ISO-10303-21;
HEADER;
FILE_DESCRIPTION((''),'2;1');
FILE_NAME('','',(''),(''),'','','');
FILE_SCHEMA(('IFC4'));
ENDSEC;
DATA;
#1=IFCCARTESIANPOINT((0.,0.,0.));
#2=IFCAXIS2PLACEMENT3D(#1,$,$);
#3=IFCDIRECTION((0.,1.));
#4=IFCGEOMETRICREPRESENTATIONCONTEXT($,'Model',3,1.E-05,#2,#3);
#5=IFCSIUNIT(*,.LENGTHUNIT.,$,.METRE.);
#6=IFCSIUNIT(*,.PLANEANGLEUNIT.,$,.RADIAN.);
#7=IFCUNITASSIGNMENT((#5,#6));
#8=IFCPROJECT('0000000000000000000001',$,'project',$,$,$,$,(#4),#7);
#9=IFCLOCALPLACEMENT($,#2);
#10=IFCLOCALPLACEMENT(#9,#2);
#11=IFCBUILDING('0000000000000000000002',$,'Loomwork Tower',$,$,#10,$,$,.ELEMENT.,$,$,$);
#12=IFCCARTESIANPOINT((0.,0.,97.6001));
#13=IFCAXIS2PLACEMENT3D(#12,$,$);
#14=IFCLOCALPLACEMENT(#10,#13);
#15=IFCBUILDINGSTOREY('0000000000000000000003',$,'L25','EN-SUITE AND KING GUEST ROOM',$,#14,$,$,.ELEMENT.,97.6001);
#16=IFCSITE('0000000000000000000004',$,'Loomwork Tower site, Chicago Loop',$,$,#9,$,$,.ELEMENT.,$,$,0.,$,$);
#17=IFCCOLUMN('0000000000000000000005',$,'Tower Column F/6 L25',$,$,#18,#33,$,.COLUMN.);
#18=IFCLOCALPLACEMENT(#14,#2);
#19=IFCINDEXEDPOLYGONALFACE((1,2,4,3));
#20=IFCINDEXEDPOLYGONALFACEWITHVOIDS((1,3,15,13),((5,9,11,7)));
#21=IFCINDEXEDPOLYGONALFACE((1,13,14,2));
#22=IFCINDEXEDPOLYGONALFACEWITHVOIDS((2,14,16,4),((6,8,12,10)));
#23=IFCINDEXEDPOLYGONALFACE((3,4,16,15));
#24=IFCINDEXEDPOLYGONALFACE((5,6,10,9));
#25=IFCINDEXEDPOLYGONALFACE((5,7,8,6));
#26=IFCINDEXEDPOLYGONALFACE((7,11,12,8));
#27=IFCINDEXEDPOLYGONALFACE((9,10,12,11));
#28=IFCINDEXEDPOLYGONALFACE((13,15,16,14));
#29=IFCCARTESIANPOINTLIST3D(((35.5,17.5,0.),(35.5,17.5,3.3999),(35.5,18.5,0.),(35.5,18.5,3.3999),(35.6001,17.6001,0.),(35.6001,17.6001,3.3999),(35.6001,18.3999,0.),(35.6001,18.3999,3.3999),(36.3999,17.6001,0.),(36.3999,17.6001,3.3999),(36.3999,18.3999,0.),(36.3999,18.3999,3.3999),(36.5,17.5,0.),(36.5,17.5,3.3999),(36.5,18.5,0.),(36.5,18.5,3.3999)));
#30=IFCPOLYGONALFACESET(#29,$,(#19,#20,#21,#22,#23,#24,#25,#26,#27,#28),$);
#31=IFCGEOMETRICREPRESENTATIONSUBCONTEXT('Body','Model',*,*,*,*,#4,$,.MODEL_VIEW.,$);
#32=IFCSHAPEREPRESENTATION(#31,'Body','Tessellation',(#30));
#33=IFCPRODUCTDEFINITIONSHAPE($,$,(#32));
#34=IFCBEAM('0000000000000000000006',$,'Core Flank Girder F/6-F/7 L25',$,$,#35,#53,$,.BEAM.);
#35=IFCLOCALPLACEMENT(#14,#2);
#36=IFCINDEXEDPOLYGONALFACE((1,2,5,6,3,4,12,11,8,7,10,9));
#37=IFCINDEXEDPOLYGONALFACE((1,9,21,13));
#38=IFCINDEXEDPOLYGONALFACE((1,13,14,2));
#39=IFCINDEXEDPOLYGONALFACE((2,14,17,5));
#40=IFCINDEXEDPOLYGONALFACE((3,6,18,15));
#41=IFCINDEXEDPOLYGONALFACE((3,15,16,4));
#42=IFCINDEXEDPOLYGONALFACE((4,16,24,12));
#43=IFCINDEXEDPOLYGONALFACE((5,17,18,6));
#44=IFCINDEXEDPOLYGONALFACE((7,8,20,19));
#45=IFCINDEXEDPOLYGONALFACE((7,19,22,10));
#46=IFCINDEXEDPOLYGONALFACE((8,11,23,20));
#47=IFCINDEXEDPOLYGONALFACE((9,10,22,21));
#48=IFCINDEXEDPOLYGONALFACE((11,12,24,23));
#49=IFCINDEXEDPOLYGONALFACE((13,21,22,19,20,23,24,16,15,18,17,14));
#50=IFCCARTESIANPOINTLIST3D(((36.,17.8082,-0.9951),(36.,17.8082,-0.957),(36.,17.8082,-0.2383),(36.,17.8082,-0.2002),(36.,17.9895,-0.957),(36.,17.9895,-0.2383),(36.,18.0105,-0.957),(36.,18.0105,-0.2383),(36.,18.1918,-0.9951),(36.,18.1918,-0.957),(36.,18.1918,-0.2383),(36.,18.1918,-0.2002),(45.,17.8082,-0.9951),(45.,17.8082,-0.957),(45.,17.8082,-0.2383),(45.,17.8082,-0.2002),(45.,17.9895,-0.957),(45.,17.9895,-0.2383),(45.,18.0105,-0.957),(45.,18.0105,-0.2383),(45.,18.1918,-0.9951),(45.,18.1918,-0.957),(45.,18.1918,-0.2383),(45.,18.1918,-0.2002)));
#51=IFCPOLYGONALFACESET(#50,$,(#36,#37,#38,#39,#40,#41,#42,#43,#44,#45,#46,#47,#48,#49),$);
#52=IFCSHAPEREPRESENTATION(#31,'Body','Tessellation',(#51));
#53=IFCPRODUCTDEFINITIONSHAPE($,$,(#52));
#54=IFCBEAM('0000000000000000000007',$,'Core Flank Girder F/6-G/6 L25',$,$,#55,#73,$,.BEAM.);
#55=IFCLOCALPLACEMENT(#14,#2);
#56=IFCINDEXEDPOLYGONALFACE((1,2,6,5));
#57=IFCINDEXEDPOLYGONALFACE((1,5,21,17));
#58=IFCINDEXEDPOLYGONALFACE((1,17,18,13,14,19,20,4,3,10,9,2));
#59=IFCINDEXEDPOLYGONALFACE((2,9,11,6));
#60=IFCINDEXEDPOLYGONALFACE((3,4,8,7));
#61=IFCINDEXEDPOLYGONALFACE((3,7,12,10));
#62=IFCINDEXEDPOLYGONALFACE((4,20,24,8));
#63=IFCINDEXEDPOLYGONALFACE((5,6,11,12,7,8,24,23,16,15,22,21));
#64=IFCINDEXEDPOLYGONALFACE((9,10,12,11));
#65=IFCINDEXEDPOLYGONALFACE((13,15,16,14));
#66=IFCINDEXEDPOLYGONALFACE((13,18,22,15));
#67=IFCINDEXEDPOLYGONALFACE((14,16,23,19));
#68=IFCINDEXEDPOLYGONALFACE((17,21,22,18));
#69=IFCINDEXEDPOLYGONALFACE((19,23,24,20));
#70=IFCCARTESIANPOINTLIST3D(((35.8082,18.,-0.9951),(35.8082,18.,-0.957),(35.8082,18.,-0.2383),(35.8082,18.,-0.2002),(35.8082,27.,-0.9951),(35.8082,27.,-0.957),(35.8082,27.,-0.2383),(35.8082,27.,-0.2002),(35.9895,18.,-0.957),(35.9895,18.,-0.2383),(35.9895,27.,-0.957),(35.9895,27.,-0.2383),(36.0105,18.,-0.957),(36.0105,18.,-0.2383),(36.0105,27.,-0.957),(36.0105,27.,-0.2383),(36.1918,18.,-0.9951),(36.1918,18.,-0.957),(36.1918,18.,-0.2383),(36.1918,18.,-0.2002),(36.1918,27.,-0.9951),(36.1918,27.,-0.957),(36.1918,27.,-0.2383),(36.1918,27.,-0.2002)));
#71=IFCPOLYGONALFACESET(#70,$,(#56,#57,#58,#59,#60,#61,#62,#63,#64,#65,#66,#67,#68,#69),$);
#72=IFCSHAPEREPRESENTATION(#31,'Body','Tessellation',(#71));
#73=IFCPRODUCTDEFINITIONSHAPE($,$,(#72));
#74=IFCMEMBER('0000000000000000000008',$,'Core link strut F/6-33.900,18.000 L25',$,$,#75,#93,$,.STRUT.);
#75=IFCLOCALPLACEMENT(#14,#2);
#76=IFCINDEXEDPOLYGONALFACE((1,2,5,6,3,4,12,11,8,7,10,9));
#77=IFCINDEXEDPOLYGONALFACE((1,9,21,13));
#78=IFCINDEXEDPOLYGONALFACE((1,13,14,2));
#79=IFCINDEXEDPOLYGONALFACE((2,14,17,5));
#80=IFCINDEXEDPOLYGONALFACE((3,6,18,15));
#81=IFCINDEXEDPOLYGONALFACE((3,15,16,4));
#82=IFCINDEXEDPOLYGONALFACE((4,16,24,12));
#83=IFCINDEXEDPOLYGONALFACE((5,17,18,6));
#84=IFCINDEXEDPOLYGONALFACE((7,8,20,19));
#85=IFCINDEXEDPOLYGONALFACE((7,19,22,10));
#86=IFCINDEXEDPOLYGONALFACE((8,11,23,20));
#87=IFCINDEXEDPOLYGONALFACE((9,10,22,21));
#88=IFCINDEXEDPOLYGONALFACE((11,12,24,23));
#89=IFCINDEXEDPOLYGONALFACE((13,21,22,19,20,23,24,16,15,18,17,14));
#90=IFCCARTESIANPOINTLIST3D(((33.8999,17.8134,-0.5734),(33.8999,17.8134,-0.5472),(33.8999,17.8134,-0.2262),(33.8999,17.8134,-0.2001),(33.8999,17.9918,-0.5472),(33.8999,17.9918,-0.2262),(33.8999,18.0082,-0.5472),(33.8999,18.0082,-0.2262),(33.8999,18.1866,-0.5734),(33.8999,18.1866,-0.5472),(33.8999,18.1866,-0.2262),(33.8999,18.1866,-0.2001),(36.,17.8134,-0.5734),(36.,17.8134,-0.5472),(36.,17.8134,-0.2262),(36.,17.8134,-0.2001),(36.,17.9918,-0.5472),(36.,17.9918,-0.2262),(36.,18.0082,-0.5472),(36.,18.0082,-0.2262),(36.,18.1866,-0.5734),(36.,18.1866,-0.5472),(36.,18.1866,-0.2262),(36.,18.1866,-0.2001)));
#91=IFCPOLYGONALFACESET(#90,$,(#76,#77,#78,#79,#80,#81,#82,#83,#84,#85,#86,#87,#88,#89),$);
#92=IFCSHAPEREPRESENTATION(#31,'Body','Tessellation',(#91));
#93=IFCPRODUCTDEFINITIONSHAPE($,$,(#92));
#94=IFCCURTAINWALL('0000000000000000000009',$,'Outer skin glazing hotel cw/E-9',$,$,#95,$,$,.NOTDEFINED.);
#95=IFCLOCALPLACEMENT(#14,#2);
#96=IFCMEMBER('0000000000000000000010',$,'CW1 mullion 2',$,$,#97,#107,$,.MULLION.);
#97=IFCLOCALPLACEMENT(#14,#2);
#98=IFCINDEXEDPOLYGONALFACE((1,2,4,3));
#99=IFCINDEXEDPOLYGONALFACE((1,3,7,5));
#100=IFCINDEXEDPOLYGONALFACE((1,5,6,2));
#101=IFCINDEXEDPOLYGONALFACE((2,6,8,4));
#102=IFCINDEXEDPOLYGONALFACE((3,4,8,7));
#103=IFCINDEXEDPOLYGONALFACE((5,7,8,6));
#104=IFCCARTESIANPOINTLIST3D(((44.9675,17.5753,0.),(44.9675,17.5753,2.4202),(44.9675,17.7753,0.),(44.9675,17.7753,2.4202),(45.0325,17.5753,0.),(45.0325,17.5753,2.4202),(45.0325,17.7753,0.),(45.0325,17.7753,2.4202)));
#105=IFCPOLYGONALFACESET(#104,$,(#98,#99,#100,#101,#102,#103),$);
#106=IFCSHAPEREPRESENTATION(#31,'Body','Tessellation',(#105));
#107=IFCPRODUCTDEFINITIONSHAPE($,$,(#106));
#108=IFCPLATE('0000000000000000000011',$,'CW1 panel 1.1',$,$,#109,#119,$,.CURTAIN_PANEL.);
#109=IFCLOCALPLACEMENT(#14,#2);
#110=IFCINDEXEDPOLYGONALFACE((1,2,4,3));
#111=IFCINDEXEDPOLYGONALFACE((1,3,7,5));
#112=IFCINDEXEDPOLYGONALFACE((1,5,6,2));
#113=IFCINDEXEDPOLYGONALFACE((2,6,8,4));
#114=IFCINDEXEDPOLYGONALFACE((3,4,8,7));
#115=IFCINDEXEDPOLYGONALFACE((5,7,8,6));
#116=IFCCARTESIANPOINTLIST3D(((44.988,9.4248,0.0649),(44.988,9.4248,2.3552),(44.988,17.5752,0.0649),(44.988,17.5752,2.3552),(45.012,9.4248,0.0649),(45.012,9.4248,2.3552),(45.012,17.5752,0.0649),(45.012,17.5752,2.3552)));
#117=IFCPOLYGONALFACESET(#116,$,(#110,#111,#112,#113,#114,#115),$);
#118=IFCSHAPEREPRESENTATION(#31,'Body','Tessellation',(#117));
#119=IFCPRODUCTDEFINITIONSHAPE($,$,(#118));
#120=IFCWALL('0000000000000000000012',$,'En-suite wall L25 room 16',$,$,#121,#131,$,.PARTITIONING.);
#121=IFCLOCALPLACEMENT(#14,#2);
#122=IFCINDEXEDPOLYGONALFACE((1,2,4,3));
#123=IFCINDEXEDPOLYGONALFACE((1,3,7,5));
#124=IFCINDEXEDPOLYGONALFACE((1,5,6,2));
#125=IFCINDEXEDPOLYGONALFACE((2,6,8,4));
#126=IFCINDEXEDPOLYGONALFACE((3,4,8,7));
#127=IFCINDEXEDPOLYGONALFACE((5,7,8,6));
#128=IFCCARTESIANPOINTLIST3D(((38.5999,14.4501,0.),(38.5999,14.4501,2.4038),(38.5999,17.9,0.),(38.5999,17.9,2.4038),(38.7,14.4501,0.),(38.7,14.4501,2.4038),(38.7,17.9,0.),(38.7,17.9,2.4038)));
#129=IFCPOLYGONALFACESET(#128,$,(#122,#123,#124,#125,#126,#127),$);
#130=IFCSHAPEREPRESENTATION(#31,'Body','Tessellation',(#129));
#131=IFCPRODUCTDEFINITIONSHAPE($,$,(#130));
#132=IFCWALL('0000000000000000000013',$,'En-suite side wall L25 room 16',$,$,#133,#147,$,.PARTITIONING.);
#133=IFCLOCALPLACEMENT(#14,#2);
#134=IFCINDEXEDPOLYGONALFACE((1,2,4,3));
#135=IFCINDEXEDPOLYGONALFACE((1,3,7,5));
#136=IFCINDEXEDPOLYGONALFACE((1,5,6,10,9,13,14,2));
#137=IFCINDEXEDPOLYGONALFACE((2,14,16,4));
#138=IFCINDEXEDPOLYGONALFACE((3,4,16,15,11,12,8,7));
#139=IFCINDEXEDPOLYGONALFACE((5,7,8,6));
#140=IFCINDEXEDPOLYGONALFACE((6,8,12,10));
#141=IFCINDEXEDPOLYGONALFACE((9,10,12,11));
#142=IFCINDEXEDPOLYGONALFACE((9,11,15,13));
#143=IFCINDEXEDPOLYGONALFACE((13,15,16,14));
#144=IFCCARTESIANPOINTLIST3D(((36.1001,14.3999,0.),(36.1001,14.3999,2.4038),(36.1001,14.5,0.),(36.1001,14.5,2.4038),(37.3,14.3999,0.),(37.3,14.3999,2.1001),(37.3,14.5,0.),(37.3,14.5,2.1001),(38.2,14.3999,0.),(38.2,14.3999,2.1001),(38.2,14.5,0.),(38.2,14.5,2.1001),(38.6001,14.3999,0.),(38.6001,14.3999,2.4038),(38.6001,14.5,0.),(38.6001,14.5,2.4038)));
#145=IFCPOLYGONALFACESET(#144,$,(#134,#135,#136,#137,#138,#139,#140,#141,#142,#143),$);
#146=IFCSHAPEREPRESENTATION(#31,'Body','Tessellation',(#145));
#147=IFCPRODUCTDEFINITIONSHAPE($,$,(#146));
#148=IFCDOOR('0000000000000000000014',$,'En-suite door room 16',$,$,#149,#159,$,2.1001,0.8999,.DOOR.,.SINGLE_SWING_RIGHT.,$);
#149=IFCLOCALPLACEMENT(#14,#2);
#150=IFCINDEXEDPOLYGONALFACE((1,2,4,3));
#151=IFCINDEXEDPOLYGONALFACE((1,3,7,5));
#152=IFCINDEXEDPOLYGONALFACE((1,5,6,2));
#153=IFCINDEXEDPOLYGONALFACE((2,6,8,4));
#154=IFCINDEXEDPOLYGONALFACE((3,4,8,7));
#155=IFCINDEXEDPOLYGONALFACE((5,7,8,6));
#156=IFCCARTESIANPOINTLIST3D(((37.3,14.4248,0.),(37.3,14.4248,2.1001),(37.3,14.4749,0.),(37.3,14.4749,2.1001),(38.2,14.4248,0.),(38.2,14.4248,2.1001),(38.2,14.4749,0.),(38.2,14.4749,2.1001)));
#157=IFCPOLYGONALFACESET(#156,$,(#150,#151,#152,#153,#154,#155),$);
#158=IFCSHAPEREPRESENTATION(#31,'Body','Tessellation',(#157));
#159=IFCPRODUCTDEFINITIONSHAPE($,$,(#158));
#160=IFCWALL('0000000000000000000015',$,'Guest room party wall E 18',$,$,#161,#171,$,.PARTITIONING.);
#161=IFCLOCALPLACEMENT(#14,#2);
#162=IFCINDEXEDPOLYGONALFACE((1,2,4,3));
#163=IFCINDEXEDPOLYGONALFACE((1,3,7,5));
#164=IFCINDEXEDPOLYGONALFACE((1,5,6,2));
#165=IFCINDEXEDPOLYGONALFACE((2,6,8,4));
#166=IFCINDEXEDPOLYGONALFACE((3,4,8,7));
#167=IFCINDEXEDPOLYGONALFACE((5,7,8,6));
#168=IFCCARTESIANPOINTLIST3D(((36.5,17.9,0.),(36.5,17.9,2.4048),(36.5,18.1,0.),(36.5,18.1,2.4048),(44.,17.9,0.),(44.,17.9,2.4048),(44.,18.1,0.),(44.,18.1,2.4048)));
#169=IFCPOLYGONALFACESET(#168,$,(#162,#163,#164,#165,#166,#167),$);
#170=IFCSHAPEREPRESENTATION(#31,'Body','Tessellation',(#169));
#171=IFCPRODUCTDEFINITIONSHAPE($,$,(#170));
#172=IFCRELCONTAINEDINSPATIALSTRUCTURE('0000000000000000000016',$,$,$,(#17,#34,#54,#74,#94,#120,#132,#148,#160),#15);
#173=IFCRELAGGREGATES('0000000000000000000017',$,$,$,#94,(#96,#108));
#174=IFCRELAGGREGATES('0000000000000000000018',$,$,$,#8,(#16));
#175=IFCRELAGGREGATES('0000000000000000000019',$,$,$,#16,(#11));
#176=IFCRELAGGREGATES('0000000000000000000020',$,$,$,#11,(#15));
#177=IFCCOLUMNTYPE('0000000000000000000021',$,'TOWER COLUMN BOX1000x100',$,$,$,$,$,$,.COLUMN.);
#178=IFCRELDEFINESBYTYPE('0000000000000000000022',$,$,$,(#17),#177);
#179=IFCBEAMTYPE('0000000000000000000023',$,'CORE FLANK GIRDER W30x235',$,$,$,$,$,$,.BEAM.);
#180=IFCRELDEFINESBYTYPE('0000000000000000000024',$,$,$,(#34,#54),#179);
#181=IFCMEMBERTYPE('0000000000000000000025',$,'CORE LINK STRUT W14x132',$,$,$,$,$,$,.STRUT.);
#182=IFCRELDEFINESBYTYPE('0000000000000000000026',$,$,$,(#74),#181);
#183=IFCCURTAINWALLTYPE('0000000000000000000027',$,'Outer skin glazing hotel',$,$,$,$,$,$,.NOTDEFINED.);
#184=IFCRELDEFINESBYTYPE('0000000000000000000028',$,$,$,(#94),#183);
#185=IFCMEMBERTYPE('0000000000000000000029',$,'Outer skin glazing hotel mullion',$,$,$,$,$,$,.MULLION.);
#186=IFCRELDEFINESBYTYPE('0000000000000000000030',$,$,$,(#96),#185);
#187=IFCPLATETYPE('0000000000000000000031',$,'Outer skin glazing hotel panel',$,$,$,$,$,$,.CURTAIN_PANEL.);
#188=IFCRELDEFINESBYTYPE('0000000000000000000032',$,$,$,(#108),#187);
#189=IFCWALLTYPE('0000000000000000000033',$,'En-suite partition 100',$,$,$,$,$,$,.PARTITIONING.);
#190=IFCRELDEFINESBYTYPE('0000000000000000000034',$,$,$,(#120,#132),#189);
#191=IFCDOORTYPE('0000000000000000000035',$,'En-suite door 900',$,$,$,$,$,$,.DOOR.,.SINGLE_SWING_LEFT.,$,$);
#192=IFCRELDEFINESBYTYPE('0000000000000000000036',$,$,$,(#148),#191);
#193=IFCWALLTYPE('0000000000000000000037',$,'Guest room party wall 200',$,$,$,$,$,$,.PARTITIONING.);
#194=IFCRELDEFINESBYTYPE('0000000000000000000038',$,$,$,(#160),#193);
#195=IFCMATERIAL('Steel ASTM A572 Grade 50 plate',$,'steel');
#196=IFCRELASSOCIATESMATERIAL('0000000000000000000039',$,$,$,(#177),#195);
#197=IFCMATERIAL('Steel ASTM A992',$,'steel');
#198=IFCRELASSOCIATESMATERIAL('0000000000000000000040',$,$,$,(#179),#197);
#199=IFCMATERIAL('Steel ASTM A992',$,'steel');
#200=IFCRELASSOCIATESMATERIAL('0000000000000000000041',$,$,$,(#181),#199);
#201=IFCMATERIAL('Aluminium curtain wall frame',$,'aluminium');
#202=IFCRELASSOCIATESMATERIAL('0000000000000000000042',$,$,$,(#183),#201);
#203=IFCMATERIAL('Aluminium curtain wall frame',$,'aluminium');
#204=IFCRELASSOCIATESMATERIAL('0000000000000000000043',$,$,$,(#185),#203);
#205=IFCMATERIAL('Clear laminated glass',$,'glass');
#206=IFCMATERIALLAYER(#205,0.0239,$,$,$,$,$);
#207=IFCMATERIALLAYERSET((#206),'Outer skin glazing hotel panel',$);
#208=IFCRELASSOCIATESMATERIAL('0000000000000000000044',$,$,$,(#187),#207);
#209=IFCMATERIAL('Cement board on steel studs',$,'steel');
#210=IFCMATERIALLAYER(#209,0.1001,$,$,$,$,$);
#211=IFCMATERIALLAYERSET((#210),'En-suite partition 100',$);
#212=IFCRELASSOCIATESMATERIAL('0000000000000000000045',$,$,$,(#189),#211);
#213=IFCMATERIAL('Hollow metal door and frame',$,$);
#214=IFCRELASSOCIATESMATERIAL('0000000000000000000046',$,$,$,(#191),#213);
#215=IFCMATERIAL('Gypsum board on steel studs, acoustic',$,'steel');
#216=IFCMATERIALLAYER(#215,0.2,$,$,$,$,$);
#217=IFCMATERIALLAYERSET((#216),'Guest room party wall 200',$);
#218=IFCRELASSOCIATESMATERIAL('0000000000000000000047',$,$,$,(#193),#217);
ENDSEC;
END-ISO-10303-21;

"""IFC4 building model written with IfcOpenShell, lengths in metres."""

from ifc_helpers import new_model, si_unit, direction, frame, frame_2d, origin, origin_2d, place, context, subcontext, project, spatial, rectangle, hollow_rectangle, i_section, extrude, material, layer, layer_set, material_profile, profile_set, type_object, element, fill, aggregate, save


model = new_model("IFC4")

# Units and contexts
model_context = context("Model", 3, precision=1e-05, world=origin(), true_north=direction((0.0, 1.0)))
body_context = subcontext(model_context, "Body", "Model", "MODEL_VIEW")
ifc_project = project(units=[si_unit("LENGTHUNIT", "METRE"), si_unit("PLANEANGLEUNIT", "RADIAN")], contexts=[model_context])

# Site, building, storey
site_placement = place(None, origin())
site = spatial("IfcSite", under=ifc_project, at=site_placement, Name="Loomwork Tower site, Chicago Loop", CompositionType="ELEMENT", RefElevation=0.0)
building_placement = place(site_placement, origin())
building = spatial("IfcBuilding", under=site, at=building_placement, Name="Loomwork Tower", CompositionType="ELEMENT")
storey_placement = place(building_placement, frame((0.0, 0.0, 97.6001)))
storey = spatial("IfcBuildingStorey", under=building, at=storey_placement, Name="L25", Description="EN-SUITE AND KING GUEST ROOM", CompositionType="ELEMENT", Elevation=97.6001)

# Column
ifc_material_1 = material(Name="Steel ASTM A572 Grade 50 plate", Category="steel")
ifc_material_profile_1 = material_profile(ifc_material_1, hollow_rectangle(XDim=1.0, YDim=1.0, WallThickness=0.1001, at=origin_2d()), Name="BOX1000x100")
ifc_profile_set_1 = profile_set([ifc_material_profile_1], Name="Steel ASTM A572 Grade 50 plate")
column_type = type_object("IfcColumnType", Name="TOWER COLUMN BOX1000x100", PredefinedType="COLUMN", material=ifc_profile_set_1)
column_placement = place(storey_placement, frame((36.0, 18.0, 0.0), z_axis=(0.0, 0.0, 1.0), x_axis=(0.0, 1.0, 0.0)))
element("IfcColumn", 1, at=column_placement, inside=storey, type_object=column_type, Name="Tower Column F/6 L25", PredefinedType="COLUMN", context=body_context, shape_type="SweptSolid", body=[
    extrude(hollow_rectangle(XDim=1.0, YDim=1.0, WallThickness=0.1001, at=origin_2d()), origin(), (0.0, 0.0, 1.0), 3.3999),
])

# Beams
ifc_material_2 = material(Name="Steel ASTM A992", Category="steel")
ifc_material_profile_2 = material_profile(ifc_material_2, i_section(OverallWidth=0.3835, OverallDepth=0.7949, WebThickness=0.021, FlangeThickness=0.0381, at=origin_2d()), Name="W30x235")
ifc_profile_set_2 = profile_set([ifc_material_profile_2], Name="Steel ASTM A992")
beam_type = type_object("IfcBeamType", Name="CORE FLANK GIRDER W30x235", PredefinedType="BEAM", material=ifc_profile_set_2)
for number, where, z_axis, x_axis, name in (
    (2, (36.0, 18.0, -0.5977), (1.0, 0.0, 0.0), (0.0, 1.0, 0.0), "Core Flank Girder F/6-F/7 L25"),
    (3, (36.0, 18.0, -0.5977), (0.0, 1.0, 0.0), (-1.0, 0.0, 0.0), "Core Flank Girder F/6-G/6 L25"),
):
    element("IfcBeam", number, at=place(storey_placement, frame(where, z_axis=z_axis, x_axis=x_axis)), inside=storey, type_object=beam_type, Name=name, PredefinedType="BEAM", context=body_context, shape_type="SweptSolid", body=[
        extrude(i_section(OverallWidth=0.3835, OverallDepth=0.7949, WebThickness=0.021, FlangeThickness=0.0381, at=origin_2d()), origin(), (0.0, 0.0, 1.0), 9.0),
    ])

# Member
ifc_material_3 = material(Name="Steel ASTM A992", Category="steel")
ifc_material_profile_3 = material_profile(ifc_material_3, i_section(OverallWidth=0.3733, OverallDepth=0.3733, WebThickness=0.0164, FlangeThickness=0.0261, at=origin_2d()), Name="W14x132")
ifc_profile_set_3 = profile_set([ifc_material_profile_3], Name="Steel ASTM A992")
member_type_1 = type_object("IfcMemberType", Name="CORE LINK STRUT W14x132", PredefinedType="STRUT", material=ifc_profile_set_3)
member_1_placement = place(storey_placement, frame((36.0, 18.0, -0.3867), z_axis=(-1.0, 0.0, 0.0), x_axis=(0.0, -1.0, 0.0)))
element("IfcMember", 4, at=member_1_placement, inside=storey, type_object=member_type_1, Name="Core link strut F/6-33.900,18.000 L25", PredefinedType="STRUT", context=body_context, shape_type="SweptSolid", body=[
    extrude(i_section(OverallWidth=0.3733, OverallDepth=0.3733, WebThickness=0.0164, FlangeThickness=0.0261, at=origin_2d()), origin(), (0.0, 0.0, 1.0), 2.1001),
])

# Curtain wall, member, plate
ifc_material_4 = material(Name="Aluminium curtain wall frame", Category="aluminium")
curtain_wall_type = type_object("IfcCurtainWallType", Name="Outer skin glazing hotel", PredefinedType="NOTDEFINED", material=ifc_material_4)
curtain_wall_placement = place(storey_placement, origin())
curtain_wall = element("IfcCurtainWall", 5, at=curtain_wall_placement, inside=storey, type_object=curtain_wall_type, Name="Outer skin glazing hotel cw/E-9", PredefinedType="NOTDEFINED")
ifc_material_5 = material(Name="Aluminium curtain wall frame", Category="aluminium")
ifc_material_profile_4 = material_profile(ifc_material_5, rectangle(XDim=0.0649, YDim=0.2, at=origin_2d()), Name="AL 65x200")
ifc_profile_set_4 = profile_set([ifc_material_profile_4], Name="Aluminium curtain wall frame")
member_type_2 = type_object("IfcMemberType", Name="Outer skin glazing hotel mullion", PredefinedType="MULLION", material=ifc_profile_set_4)
member_2_placement = place(storey_placement, frame((45.0, 17.6753, 0.0), z_axis=(0.0, 0.0, 1.0), x_axis=(-1.0, 0.0, 0.0)))
member_2 = element("IfcMember", 6, at=member_2_placement, type_object=member_type_2, Name="CW1 mullion 2", PredefinedType="MULLION", context=body_context, shape_type="SweptSolid", body=[
    extrude(rectangle(XDim=0.0649, YDim=0.2, at=origin_2d()), origin(), (0.0, 0.0, 1.0), 2.4202),
])
ifc_material_6 = material(Name="Clear laminated glass", Category="glass")
ifc_layer_1 = layer(ifc_material_6, 0.0239)
ifc_layer_set_1 = layer_set([ifc_layer_1], Name="Outer skin glazing hotel panel")
plate_type = type_object("IfcPlateType", Name="Outer skin glazing hotel panel", PredefinedType="CURTAIN_PANEL", material=ifc_layer_set_1)
plate_placement = place(storey_placement, frame((45.0, 13.5, 0.0649), z_axis=(0.0, 0.0, 1.0), x_axis=(0.0, 1.0, 0.0)))
plate = element("IfcPlate", 7, at=plate_placement, type_object=plate_type, Name="CW1 panel 1.1", PredefinedType="CURTAIN_PANEL", context=body_context, shape_type="SweptSolid", body=[
    extrude(rectangle(XDim=8.1504, YDim=0.0239, at=origin_2d()), origin(), (0.0, 0.0, 1.0), 2.2903),
])
aggregate(curtain_wall, [member_2, plate])

# Wall
ifc_material_7 = material(Name="Cement board on steel studs", Category="steel")
ifc_layer_2 = layer(ifc_material_7, 0.1001)
ifc_layer_set_2 = layer_set([ifc_layer_2], Name="En-suite partition 100")
wall_type_1 = type_object("IfcWallType", Name="En-suite partition 100", PredefinedType="PARTITIONING", material=ifc_layer_set_2)
wall_1_placement = place(storey_placement, frame((38.6499, 14.45, 0.0), z_axis=(0.0, 0.0, 1.0), x_axis=(0.0, 1.0, 0.0)))
element("IfcWall", 8, at=wall_1_placement, inside=storey, type_object=wall_type_1, Name="En-suite wall L25 room 16", PredefinedType="PARTITIONING", context=body_context, shape_type="SweptSolid", body=[
    extrude(rectangle(XDim=3.45, YDim=0.1001, at=frame_2d((1.7251, 0.0))), origin(), (0.0, 0.0, 1.0), 2.4038),
])

# Wall, opening, door
wall_2_placement = place(storey_placement, frame((36.1001, 14.45, 0.0), z_axis=(0.0, 0.0, 1.0), x_axis=(1.0, 0.0, 0.0)))
wall_2 = element("IfcWall", 9, at=wall_2_placement, inside=storey, type_object=wall_type_1, Name="En-suite side wall L25 room 16", PredefinedType="PARTITIONING", context=body_context, shape_type="SweptSolid", body=[
    extrude(rectangle(XDim=2.5, YDim=0.1001, at=frame_2d((1.25, 0.0))), origin(), (0.0, 0.0, 1.0), 2.4038),
])
opening_placement = place(wall_2_placement, frame((1.2, 0.0, 0.0)))
opening = element("IfcOpeningElement", 10, at=opening_placement, cuts=wall_2, PredefinedType="OPENING", context=body_context, shape_type="SweptSolid", body=[
    extrude(rectangle(XDim=0.8999, YDim=2.1001, at=frame_2d((0.45, 1.05))), frame((0.0, 0.0601, 0.0), z_axis=(0.0, -1.0, 0.0), x_axis=(1.0, 0.0, 0.0)), (0.0, 0.0, 1.0), 0.1201),
])
ifc_material_8 = material(Name="Hollow metal door and frame")
door_type = type_object("IfcDoorType", Name="En-suite door 900", OperationType="SINGLE_SWING_LEFT", PredefinedType="DOOR", material=ifc_material_8)
door_placement = place(opening_placement, origin())
door = element("IfcDoor", 11, at=door_placement, inside=storey, type_object=door_type, Name="En-suite door room 16", OperationType="SINGLE_SWING_RIGHT", OverallHeight=2.1001, OverallWidth=0.8999, PredefinedType="DOOR", context=body_context, shape_type="SweptSolid", body=[
    extrude(rectangle(XDim=0.8999, YDim=2.1001, at=frame_2d((0.45, 1.05))), frame((0.0, 0.0249, 0.0), z_axis=(0.0, -1.0, 0.0), x_axis=(1.0, 0.0, 0.0)), (0.0, 0.0, 1.0), 0.05),
])
fill(opening, door)

# Wall
ifc_material_9 = material(Name="Gypsum board on steel studs, acoustic", Category="steel")
ifc_layer_3 = layer(ifc_material_9, 0.2)
ifc_layer_set_3 = layer_set([ifc_layer_3], Name="Guest room party wall 200")
wall_type_2 = type_object("IfcWallType", Name="Guest room party wall 200", PredefinedType="PARTITIONING", material=ifc_layer_set_3)
wall_3_placement = place(storey_placement, frame((36.5, 18.0, 0.0), z_axis=(0.0, 0.0, 1.0), x_axis=(1.0, 0.0, 0.0)))
element("IfcWall", 12, at=wall_3_placement, inside=storey, type_object=wall_type_2, Name="Guest room party wall E 18", PredefinedType="PARTITIONING", context=body_context, shape_type="SweptSolid", body=[
    extrude(rectangle(XDim=7.5, YDim=0.2, at=frame_2d((3.75, 0.0))), origin(), (0.0, 0.0, 1.0), 2.4048),
])

save(model, "model.ifc")
